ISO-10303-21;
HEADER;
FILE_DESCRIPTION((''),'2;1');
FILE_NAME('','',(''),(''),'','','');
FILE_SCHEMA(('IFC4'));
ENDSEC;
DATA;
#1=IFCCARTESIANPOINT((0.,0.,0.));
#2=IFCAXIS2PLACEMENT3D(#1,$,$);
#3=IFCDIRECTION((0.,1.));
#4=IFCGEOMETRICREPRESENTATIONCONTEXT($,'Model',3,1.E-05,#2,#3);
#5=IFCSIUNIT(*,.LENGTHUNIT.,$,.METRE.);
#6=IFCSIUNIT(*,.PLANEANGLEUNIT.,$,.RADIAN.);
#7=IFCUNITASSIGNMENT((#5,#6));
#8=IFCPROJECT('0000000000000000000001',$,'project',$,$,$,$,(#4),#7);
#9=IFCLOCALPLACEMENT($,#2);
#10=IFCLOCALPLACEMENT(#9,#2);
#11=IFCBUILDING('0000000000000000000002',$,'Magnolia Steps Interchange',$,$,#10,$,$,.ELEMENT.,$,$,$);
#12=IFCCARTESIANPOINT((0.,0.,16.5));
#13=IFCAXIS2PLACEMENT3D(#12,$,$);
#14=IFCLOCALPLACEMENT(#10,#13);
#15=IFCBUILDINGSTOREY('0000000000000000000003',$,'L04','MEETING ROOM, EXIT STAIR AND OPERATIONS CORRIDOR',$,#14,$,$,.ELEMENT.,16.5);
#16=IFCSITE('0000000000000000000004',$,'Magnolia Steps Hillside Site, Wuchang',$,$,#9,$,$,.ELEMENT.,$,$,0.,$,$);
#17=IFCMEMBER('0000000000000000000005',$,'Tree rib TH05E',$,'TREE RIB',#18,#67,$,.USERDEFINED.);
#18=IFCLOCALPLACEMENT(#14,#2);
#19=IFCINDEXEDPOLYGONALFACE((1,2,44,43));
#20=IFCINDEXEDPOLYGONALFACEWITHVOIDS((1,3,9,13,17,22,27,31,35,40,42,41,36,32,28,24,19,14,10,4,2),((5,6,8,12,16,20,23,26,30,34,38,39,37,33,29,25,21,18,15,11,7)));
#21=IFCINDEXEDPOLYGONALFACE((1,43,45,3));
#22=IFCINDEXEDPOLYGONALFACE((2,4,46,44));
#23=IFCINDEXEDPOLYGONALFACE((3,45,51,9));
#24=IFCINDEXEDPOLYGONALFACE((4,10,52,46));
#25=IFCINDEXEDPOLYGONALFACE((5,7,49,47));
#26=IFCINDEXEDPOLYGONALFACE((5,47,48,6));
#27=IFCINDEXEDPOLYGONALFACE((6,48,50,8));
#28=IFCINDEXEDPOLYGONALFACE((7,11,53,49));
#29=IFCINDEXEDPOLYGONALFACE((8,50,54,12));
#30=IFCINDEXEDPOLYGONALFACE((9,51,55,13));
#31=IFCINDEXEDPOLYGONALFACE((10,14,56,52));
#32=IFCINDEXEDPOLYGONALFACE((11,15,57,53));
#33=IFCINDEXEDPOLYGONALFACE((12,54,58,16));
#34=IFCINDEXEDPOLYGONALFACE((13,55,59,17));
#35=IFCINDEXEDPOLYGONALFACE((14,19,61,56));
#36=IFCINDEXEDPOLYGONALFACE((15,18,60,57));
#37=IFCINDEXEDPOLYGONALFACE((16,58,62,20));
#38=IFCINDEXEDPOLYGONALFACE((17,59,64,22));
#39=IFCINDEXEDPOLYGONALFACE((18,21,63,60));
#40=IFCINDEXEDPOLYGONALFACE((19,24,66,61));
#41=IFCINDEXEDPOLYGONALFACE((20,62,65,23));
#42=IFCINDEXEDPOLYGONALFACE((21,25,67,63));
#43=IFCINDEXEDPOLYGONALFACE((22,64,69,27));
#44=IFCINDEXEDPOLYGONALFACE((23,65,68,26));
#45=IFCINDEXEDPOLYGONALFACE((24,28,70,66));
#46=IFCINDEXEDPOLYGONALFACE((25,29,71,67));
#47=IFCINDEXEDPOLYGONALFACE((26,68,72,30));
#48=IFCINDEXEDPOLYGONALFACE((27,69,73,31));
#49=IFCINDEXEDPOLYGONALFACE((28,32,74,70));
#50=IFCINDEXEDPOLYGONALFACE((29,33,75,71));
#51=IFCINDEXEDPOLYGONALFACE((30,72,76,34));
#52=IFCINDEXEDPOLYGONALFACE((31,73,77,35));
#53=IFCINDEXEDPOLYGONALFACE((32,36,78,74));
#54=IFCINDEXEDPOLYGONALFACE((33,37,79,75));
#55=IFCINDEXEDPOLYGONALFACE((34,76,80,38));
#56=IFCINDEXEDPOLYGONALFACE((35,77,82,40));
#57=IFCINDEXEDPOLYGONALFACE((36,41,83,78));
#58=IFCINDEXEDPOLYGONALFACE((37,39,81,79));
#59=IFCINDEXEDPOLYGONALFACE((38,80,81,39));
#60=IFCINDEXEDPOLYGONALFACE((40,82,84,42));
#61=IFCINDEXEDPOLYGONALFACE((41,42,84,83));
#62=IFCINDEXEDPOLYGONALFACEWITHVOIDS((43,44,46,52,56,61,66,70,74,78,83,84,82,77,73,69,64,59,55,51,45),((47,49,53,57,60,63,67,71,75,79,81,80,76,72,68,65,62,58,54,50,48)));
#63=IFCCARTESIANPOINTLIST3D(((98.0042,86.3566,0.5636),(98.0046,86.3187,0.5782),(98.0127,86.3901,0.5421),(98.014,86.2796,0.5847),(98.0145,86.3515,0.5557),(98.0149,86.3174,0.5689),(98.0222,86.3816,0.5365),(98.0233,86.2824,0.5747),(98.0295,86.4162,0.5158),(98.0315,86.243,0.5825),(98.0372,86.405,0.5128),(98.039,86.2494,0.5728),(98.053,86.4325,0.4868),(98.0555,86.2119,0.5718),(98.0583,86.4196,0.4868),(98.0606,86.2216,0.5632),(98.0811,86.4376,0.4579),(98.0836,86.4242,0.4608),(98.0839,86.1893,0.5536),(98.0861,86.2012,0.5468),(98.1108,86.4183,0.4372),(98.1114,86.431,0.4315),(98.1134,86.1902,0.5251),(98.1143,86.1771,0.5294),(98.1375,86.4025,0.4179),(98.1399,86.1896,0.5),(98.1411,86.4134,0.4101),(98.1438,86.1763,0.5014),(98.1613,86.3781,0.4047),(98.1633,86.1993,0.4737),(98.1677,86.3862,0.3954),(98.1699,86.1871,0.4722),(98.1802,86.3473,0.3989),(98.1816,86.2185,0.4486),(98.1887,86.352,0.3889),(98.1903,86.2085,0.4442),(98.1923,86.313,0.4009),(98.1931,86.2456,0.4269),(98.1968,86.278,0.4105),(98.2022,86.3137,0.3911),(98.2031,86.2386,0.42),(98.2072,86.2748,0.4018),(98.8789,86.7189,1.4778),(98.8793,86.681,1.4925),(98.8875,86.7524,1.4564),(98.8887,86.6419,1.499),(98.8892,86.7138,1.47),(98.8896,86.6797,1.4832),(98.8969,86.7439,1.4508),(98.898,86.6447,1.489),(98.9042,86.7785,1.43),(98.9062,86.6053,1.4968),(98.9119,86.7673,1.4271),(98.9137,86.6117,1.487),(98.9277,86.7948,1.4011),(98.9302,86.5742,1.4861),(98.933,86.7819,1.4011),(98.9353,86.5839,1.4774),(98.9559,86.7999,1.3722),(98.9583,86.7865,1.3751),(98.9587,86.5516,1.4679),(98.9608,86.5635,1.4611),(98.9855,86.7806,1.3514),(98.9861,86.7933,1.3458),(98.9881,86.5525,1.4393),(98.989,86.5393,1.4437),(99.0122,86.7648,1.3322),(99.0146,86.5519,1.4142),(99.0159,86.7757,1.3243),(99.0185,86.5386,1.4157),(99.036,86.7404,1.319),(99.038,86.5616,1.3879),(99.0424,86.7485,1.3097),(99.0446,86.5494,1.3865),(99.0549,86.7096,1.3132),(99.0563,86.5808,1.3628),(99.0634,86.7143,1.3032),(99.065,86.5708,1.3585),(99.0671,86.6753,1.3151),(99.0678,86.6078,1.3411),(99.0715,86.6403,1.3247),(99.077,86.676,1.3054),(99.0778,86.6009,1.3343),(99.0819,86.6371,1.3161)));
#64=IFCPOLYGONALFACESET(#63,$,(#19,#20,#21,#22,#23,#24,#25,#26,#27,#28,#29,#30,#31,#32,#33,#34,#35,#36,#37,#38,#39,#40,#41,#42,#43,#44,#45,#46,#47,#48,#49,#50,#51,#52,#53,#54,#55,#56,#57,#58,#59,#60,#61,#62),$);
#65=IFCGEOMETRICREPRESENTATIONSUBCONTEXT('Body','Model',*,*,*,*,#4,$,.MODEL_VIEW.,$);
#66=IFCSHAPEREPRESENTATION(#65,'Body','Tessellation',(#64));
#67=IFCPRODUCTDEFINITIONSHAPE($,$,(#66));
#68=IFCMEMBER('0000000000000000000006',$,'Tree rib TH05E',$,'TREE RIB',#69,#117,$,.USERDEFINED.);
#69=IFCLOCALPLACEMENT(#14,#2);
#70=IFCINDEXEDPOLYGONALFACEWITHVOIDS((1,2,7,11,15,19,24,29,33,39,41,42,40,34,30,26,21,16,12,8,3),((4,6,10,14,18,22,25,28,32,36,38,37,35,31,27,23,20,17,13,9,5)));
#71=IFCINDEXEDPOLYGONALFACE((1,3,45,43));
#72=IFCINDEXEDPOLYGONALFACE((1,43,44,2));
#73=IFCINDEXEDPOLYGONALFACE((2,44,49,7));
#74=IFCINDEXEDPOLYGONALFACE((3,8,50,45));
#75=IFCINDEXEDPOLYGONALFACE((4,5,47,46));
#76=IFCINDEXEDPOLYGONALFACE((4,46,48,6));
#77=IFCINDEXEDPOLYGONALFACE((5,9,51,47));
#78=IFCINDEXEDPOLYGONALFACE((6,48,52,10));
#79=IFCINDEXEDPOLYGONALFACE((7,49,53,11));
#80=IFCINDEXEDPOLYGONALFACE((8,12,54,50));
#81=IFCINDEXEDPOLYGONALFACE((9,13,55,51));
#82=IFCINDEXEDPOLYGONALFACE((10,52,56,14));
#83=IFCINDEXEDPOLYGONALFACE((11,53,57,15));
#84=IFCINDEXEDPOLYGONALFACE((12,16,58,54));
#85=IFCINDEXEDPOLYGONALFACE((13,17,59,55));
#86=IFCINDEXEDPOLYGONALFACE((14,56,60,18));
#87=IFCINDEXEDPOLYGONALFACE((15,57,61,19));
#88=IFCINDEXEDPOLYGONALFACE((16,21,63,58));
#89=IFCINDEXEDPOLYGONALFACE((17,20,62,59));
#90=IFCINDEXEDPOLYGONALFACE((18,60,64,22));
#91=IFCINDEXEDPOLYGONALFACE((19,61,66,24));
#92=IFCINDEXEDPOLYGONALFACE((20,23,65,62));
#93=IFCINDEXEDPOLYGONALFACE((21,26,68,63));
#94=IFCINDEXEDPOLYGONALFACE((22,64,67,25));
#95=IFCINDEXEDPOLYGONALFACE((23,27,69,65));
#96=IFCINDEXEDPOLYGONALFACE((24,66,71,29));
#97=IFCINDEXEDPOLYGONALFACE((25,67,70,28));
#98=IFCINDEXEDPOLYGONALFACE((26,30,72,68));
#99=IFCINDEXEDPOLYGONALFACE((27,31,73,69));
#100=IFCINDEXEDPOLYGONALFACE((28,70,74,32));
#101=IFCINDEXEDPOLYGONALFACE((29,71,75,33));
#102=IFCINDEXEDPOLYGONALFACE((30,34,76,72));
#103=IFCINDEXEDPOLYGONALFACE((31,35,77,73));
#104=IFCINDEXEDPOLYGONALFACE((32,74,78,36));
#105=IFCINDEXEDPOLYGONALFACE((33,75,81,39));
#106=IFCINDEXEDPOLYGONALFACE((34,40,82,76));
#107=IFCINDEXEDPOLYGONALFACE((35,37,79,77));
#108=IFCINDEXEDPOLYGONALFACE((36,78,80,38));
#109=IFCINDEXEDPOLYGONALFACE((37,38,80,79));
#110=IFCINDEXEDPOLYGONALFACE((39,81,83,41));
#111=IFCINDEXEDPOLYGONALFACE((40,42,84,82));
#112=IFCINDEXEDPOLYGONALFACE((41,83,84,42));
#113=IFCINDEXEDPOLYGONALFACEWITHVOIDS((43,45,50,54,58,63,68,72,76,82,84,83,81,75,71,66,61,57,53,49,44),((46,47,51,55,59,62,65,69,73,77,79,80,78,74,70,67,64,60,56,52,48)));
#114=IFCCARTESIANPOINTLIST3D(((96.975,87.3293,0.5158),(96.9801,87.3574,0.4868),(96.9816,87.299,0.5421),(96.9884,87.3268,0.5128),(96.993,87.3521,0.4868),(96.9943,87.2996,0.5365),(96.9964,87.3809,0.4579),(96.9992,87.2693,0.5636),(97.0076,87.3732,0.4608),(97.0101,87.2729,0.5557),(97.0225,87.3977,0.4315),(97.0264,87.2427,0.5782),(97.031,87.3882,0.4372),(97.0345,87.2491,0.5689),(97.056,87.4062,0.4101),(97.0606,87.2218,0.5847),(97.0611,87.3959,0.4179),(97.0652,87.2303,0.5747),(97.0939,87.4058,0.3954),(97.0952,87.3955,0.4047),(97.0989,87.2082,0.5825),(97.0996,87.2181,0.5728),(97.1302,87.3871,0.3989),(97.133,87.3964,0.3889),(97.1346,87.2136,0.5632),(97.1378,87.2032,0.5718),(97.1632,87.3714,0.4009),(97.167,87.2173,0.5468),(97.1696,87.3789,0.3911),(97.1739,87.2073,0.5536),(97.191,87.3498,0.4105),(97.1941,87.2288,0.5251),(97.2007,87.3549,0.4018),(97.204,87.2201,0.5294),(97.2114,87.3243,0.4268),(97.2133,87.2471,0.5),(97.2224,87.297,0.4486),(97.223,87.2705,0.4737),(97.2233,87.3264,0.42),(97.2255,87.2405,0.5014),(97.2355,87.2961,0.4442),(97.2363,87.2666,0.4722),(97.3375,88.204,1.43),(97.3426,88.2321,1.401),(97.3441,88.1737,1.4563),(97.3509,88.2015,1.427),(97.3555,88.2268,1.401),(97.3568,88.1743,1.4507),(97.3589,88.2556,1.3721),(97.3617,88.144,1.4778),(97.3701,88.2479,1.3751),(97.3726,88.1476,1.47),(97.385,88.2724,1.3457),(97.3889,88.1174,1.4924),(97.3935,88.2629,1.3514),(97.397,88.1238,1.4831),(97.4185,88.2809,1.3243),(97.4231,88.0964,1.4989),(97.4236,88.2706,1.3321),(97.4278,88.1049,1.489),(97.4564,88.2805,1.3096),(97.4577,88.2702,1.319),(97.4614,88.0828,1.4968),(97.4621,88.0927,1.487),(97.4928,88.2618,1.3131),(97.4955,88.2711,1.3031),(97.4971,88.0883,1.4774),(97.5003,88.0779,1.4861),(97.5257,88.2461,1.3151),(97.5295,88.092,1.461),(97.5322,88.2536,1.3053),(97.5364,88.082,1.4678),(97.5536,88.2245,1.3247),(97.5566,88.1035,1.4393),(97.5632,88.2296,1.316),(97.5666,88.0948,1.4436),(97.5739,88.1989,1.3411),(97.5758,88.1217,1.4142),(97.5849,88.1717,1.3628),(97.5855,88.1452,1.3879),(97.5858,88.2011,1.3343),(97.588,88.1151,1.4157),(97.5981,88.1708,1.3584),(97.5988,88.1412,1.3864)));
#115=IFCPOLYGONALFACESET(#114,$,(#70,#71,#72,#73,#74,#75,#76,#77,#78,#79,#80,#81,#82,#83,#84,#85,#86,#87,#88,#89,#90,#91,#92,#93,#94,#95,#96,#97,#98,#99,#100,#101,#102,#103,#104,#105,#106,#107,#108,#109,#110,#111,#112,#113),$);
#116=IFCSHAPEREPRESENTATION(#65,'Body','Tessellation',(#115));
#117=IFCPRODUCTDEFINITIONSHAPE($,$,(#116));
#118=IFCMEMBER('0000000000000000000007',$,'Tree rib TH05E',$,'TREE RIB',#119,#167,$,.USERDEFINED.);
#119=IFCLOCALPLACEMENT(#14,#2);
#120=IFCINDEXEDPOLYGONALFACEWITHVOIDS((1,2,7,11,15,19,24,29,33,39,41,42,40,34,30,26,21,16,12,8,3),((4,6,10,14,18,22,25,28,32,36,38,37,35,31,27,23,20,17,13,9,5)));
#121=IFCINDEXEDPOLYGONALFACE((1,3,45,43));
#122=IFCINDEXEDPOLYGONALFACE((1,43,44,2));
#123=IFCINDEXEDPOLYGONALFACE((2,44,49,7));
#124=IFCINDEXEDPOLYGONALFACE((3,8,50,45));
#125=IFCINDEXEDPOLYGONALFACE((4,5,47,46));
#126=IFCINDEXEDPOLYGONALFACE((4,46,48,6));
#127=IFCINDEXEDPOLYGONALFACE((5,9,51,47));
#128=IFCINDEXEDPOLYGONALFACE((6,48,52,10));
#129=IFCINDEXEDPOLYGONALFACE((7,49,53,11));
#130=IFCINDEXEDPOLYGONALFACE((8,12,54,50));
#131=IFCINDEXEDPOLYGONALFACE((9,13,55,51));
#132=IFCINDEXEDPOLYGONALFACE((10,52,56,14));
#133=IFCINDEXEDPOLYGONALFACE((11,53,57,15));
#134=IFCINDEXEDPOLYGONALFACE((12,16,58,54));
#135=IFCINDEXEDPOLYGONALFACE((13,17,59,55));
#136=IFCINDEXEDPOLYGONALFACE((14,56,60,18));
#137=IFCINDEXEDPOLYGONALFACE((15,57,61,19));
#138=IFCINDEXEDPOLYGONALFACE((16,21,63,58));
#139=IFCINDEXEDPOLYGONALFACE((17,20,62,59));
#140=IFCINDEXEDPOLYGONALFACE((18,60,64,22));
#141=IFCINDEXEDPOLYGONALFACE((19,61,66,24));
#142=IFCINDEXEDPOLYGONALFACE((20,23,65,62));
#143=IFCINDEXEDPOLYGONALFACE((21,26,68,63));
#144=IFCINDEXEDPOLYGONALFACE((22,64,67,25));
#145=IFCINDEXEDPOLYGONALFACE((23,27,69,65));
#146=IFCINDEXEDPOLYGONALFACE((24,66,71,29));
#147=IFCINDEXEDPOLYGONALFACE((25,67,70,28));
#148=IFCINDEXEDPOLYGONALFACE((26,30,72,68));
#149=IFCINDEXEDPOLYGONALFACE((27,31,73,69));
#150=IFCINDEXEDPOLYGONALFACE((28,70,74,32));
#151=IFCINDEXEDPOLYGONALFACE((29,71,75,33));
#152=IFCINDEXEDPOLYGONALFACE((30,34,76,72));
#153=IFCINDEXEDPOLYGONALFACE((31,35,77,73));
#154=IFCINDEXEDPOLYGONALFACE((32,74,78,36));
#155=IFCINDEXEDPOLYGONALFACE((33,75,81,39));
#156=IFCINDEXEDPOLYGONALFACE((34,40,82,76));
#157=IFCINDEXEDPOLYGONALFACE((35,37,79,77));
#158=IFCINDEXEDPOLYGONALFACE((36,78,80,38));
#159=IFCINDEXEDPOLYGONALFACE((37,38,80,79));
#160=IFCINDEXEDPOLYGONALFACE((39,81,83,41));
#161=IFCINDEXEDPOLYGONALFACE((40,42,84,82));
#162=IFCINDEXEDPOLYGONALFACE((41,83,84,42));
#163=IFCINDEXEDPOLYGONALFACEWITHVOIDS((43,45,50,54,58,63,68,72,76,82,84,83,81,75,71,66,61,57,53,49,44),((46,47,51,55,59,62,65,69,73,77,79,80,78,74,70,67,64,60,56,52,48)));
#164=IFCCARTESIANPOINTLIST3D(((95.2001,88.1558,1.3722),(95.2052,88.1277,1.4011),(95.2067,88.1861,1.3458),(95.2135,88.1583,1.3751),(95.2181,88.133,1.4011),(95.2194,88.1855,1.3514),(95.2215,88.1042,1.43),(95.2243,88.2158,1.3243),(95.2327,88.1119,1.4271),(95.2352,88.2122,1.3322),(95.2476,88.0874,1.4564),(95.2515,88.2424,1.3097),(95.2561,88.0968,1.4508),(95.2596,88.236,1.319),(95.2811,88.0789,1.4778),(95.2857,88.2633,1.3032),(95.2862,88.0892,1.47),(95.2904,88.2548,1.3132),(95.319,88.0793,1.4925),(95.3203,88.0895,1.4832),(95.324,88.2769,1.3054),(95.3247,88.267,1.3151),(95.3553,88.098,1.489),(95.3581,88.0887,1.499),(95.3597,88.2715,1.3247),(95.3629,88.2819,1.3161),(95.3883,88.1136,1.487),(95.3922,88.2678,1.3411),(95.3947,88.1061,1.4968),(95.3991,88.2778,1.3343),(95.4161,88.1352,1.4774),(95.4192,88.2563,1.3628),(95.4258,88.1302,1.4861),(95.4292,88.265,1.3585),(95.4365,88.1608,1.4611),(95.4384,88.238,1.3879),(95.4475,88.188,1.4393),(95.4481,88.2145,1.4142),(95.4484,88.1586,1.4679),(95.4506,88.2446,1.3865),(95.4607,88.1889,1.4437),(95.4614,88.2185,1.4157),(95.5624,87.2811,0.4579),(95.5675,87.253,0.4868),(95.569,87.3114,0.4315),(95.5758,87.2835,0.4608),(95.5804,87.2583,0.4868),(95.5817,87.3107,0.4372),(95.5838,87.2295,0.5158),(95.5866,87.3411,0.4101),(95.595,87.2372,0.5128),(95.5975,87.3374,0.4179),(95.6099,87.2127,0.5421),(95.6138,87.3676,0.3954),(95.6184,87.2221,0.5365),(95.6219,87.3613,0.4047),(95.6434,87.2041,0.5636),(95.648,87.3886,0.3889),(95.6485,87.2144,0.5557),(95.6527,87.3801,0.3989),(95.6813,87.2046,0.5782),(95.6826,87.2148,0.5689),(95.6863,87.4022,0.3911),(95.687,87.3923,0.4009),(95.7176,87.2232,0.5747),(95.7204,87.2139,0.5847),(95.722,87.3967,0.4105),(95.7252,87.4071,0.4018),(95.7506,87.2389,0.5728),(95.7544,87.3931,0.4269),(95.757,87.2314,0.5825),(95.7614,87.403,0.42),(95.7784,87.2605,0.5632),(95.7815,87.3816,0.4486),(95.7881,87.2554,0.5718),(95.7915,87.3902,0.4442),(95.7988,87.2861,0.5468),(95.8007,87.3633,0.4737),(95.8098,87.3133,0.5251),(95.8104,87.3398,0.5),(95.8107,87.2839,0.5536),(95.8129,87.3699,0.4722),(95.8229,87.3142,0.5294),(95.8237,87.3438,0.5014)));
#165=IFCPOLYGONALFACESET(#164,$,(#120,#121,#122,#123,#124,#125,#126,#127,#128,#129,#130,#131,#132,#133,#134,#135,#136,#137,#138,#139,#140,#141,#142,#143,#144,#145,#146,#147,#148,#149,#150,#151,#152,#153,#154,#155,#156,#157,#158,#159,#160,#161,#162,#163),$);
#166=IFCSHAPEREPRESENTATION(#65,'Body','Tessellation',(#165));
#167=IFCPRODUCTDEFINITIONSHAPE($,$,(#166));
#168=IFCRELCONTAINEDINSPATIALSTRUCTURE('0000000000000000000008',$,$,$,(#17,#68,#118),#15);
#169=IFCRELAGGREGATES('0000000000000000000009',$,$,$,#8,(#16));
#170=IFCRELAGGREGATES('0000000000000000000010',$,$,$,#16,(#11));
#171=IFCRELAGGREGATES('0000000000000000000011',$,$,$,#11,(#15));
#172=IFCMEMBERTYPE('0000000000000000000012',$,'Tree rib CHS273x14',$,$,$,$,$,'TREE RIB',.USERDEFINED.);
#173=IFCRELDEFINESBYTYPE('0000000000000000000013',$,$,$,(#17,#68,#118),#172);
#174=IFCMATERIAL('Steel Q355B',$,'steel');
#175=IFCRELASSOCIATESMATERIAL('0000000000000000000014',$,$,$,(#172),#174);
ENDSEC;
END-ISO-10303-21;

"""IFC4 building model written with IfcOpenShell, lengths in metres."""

from ifc_helpers import new_model, si_unit, direction, frame, origin, origin_2d, place, context, subcontext, project, spatial, hollow_circle, extrude, material, material_profile, profile_set, type_object, element, save


model = new_model("IFC4")

# Units and contexts
model_context = context("Model", 3, precision=1e-05, world=origin(), true_north=direction((0.0, 1.0)))
body_context = subcontext(model_context, "Body", "Model", "MODEL_VIEW")
ifc_project = project(units=[si_unit("LENGTHUNIT", "METRE"), si_unit("PLANEANGLEUNIT", "RADIAN")], contexts=[model_context])

# Site, building, storey
site_placement = place(None, origin())
site = spatial("IfcSite", under=ifc_project, at=site_placement, Name="Magnolia Steps Hillside Site, Wuchang", CompositionType="ELEMENT", RefElevation=0.0)
building_placement = place(site_placement, origin())
building = spatial("IfcBuilding", under=site, at=building_placement, Name="Magnolia Steps Interchange", CompositionType="ELEMENT")
storey_placement = place(building_placement, frame((0.0, 0.0, 16.5)))
storey = spatial("IfcBuildingStorey", under=building, at=storey_placement, Name="L04", Description="MEETING ROOM, EXIT STAIR AND OPERATIONS CORRIDOR", CompositionType="ELEMENT", Elevation=16.5)

# Members
ifc_material_1 = material(Name="Steel Q355B", Category="steel")
ifc_material_profile_1 = material_profile(ifc_material_1, hollow_circle(Radius=0.1365, WallThickness=0.0139, at=origin_2d()), Name="CHS273x14")
ifc_profile_set_1 = profile_set([ifc_material_profile_1], Name="Steel Q355B")
member_type = type_object("IfcMemberType", Name="Tree rib CHS273x14", ElementType="TREE RIB", PredefinedType="USERDEFINED", material=ifc_profile_set_1)
for number, where, z_axis, x_axis, name in (
    (1, (98.1052, 86.3064, 0.4868), (0.6646, 0.275263, 0.694649), (-0.382655, 0.923891, 0.0), "Tree rib TH05E"),
    (2, (97.1062, 87.3052, 0.4868), (0.275434, 0.664566, 0.694613), (-0.9238, 0.382876, 0.0), "Tree rib TH05E"),
    (3, (95.6936, 87.3052, 0.4868), (-0.275263, 0.6646, 0.694649), (-0.923891, -0.382655, 0.0), "Tree rib TH05E"),
):
    element("IfcMember", number, at=place(storey_placement, frame(where, z_axis=z_axis, x_axis=x_axis)), inside=storey, type_object=member_type, Name=name, ObjectType="TREE RIB", PredefinedType="USERDEFINED", context=body_context, shape_type="SweptSolid", body=[
        extrude(hollow_circle(Radius=0.1365, WallThickness=0.0139, at=origin_2d()), origin(), (0.0, 0.0, 1.0), 1.3162),
    ])

save(model, "model.ifc")
